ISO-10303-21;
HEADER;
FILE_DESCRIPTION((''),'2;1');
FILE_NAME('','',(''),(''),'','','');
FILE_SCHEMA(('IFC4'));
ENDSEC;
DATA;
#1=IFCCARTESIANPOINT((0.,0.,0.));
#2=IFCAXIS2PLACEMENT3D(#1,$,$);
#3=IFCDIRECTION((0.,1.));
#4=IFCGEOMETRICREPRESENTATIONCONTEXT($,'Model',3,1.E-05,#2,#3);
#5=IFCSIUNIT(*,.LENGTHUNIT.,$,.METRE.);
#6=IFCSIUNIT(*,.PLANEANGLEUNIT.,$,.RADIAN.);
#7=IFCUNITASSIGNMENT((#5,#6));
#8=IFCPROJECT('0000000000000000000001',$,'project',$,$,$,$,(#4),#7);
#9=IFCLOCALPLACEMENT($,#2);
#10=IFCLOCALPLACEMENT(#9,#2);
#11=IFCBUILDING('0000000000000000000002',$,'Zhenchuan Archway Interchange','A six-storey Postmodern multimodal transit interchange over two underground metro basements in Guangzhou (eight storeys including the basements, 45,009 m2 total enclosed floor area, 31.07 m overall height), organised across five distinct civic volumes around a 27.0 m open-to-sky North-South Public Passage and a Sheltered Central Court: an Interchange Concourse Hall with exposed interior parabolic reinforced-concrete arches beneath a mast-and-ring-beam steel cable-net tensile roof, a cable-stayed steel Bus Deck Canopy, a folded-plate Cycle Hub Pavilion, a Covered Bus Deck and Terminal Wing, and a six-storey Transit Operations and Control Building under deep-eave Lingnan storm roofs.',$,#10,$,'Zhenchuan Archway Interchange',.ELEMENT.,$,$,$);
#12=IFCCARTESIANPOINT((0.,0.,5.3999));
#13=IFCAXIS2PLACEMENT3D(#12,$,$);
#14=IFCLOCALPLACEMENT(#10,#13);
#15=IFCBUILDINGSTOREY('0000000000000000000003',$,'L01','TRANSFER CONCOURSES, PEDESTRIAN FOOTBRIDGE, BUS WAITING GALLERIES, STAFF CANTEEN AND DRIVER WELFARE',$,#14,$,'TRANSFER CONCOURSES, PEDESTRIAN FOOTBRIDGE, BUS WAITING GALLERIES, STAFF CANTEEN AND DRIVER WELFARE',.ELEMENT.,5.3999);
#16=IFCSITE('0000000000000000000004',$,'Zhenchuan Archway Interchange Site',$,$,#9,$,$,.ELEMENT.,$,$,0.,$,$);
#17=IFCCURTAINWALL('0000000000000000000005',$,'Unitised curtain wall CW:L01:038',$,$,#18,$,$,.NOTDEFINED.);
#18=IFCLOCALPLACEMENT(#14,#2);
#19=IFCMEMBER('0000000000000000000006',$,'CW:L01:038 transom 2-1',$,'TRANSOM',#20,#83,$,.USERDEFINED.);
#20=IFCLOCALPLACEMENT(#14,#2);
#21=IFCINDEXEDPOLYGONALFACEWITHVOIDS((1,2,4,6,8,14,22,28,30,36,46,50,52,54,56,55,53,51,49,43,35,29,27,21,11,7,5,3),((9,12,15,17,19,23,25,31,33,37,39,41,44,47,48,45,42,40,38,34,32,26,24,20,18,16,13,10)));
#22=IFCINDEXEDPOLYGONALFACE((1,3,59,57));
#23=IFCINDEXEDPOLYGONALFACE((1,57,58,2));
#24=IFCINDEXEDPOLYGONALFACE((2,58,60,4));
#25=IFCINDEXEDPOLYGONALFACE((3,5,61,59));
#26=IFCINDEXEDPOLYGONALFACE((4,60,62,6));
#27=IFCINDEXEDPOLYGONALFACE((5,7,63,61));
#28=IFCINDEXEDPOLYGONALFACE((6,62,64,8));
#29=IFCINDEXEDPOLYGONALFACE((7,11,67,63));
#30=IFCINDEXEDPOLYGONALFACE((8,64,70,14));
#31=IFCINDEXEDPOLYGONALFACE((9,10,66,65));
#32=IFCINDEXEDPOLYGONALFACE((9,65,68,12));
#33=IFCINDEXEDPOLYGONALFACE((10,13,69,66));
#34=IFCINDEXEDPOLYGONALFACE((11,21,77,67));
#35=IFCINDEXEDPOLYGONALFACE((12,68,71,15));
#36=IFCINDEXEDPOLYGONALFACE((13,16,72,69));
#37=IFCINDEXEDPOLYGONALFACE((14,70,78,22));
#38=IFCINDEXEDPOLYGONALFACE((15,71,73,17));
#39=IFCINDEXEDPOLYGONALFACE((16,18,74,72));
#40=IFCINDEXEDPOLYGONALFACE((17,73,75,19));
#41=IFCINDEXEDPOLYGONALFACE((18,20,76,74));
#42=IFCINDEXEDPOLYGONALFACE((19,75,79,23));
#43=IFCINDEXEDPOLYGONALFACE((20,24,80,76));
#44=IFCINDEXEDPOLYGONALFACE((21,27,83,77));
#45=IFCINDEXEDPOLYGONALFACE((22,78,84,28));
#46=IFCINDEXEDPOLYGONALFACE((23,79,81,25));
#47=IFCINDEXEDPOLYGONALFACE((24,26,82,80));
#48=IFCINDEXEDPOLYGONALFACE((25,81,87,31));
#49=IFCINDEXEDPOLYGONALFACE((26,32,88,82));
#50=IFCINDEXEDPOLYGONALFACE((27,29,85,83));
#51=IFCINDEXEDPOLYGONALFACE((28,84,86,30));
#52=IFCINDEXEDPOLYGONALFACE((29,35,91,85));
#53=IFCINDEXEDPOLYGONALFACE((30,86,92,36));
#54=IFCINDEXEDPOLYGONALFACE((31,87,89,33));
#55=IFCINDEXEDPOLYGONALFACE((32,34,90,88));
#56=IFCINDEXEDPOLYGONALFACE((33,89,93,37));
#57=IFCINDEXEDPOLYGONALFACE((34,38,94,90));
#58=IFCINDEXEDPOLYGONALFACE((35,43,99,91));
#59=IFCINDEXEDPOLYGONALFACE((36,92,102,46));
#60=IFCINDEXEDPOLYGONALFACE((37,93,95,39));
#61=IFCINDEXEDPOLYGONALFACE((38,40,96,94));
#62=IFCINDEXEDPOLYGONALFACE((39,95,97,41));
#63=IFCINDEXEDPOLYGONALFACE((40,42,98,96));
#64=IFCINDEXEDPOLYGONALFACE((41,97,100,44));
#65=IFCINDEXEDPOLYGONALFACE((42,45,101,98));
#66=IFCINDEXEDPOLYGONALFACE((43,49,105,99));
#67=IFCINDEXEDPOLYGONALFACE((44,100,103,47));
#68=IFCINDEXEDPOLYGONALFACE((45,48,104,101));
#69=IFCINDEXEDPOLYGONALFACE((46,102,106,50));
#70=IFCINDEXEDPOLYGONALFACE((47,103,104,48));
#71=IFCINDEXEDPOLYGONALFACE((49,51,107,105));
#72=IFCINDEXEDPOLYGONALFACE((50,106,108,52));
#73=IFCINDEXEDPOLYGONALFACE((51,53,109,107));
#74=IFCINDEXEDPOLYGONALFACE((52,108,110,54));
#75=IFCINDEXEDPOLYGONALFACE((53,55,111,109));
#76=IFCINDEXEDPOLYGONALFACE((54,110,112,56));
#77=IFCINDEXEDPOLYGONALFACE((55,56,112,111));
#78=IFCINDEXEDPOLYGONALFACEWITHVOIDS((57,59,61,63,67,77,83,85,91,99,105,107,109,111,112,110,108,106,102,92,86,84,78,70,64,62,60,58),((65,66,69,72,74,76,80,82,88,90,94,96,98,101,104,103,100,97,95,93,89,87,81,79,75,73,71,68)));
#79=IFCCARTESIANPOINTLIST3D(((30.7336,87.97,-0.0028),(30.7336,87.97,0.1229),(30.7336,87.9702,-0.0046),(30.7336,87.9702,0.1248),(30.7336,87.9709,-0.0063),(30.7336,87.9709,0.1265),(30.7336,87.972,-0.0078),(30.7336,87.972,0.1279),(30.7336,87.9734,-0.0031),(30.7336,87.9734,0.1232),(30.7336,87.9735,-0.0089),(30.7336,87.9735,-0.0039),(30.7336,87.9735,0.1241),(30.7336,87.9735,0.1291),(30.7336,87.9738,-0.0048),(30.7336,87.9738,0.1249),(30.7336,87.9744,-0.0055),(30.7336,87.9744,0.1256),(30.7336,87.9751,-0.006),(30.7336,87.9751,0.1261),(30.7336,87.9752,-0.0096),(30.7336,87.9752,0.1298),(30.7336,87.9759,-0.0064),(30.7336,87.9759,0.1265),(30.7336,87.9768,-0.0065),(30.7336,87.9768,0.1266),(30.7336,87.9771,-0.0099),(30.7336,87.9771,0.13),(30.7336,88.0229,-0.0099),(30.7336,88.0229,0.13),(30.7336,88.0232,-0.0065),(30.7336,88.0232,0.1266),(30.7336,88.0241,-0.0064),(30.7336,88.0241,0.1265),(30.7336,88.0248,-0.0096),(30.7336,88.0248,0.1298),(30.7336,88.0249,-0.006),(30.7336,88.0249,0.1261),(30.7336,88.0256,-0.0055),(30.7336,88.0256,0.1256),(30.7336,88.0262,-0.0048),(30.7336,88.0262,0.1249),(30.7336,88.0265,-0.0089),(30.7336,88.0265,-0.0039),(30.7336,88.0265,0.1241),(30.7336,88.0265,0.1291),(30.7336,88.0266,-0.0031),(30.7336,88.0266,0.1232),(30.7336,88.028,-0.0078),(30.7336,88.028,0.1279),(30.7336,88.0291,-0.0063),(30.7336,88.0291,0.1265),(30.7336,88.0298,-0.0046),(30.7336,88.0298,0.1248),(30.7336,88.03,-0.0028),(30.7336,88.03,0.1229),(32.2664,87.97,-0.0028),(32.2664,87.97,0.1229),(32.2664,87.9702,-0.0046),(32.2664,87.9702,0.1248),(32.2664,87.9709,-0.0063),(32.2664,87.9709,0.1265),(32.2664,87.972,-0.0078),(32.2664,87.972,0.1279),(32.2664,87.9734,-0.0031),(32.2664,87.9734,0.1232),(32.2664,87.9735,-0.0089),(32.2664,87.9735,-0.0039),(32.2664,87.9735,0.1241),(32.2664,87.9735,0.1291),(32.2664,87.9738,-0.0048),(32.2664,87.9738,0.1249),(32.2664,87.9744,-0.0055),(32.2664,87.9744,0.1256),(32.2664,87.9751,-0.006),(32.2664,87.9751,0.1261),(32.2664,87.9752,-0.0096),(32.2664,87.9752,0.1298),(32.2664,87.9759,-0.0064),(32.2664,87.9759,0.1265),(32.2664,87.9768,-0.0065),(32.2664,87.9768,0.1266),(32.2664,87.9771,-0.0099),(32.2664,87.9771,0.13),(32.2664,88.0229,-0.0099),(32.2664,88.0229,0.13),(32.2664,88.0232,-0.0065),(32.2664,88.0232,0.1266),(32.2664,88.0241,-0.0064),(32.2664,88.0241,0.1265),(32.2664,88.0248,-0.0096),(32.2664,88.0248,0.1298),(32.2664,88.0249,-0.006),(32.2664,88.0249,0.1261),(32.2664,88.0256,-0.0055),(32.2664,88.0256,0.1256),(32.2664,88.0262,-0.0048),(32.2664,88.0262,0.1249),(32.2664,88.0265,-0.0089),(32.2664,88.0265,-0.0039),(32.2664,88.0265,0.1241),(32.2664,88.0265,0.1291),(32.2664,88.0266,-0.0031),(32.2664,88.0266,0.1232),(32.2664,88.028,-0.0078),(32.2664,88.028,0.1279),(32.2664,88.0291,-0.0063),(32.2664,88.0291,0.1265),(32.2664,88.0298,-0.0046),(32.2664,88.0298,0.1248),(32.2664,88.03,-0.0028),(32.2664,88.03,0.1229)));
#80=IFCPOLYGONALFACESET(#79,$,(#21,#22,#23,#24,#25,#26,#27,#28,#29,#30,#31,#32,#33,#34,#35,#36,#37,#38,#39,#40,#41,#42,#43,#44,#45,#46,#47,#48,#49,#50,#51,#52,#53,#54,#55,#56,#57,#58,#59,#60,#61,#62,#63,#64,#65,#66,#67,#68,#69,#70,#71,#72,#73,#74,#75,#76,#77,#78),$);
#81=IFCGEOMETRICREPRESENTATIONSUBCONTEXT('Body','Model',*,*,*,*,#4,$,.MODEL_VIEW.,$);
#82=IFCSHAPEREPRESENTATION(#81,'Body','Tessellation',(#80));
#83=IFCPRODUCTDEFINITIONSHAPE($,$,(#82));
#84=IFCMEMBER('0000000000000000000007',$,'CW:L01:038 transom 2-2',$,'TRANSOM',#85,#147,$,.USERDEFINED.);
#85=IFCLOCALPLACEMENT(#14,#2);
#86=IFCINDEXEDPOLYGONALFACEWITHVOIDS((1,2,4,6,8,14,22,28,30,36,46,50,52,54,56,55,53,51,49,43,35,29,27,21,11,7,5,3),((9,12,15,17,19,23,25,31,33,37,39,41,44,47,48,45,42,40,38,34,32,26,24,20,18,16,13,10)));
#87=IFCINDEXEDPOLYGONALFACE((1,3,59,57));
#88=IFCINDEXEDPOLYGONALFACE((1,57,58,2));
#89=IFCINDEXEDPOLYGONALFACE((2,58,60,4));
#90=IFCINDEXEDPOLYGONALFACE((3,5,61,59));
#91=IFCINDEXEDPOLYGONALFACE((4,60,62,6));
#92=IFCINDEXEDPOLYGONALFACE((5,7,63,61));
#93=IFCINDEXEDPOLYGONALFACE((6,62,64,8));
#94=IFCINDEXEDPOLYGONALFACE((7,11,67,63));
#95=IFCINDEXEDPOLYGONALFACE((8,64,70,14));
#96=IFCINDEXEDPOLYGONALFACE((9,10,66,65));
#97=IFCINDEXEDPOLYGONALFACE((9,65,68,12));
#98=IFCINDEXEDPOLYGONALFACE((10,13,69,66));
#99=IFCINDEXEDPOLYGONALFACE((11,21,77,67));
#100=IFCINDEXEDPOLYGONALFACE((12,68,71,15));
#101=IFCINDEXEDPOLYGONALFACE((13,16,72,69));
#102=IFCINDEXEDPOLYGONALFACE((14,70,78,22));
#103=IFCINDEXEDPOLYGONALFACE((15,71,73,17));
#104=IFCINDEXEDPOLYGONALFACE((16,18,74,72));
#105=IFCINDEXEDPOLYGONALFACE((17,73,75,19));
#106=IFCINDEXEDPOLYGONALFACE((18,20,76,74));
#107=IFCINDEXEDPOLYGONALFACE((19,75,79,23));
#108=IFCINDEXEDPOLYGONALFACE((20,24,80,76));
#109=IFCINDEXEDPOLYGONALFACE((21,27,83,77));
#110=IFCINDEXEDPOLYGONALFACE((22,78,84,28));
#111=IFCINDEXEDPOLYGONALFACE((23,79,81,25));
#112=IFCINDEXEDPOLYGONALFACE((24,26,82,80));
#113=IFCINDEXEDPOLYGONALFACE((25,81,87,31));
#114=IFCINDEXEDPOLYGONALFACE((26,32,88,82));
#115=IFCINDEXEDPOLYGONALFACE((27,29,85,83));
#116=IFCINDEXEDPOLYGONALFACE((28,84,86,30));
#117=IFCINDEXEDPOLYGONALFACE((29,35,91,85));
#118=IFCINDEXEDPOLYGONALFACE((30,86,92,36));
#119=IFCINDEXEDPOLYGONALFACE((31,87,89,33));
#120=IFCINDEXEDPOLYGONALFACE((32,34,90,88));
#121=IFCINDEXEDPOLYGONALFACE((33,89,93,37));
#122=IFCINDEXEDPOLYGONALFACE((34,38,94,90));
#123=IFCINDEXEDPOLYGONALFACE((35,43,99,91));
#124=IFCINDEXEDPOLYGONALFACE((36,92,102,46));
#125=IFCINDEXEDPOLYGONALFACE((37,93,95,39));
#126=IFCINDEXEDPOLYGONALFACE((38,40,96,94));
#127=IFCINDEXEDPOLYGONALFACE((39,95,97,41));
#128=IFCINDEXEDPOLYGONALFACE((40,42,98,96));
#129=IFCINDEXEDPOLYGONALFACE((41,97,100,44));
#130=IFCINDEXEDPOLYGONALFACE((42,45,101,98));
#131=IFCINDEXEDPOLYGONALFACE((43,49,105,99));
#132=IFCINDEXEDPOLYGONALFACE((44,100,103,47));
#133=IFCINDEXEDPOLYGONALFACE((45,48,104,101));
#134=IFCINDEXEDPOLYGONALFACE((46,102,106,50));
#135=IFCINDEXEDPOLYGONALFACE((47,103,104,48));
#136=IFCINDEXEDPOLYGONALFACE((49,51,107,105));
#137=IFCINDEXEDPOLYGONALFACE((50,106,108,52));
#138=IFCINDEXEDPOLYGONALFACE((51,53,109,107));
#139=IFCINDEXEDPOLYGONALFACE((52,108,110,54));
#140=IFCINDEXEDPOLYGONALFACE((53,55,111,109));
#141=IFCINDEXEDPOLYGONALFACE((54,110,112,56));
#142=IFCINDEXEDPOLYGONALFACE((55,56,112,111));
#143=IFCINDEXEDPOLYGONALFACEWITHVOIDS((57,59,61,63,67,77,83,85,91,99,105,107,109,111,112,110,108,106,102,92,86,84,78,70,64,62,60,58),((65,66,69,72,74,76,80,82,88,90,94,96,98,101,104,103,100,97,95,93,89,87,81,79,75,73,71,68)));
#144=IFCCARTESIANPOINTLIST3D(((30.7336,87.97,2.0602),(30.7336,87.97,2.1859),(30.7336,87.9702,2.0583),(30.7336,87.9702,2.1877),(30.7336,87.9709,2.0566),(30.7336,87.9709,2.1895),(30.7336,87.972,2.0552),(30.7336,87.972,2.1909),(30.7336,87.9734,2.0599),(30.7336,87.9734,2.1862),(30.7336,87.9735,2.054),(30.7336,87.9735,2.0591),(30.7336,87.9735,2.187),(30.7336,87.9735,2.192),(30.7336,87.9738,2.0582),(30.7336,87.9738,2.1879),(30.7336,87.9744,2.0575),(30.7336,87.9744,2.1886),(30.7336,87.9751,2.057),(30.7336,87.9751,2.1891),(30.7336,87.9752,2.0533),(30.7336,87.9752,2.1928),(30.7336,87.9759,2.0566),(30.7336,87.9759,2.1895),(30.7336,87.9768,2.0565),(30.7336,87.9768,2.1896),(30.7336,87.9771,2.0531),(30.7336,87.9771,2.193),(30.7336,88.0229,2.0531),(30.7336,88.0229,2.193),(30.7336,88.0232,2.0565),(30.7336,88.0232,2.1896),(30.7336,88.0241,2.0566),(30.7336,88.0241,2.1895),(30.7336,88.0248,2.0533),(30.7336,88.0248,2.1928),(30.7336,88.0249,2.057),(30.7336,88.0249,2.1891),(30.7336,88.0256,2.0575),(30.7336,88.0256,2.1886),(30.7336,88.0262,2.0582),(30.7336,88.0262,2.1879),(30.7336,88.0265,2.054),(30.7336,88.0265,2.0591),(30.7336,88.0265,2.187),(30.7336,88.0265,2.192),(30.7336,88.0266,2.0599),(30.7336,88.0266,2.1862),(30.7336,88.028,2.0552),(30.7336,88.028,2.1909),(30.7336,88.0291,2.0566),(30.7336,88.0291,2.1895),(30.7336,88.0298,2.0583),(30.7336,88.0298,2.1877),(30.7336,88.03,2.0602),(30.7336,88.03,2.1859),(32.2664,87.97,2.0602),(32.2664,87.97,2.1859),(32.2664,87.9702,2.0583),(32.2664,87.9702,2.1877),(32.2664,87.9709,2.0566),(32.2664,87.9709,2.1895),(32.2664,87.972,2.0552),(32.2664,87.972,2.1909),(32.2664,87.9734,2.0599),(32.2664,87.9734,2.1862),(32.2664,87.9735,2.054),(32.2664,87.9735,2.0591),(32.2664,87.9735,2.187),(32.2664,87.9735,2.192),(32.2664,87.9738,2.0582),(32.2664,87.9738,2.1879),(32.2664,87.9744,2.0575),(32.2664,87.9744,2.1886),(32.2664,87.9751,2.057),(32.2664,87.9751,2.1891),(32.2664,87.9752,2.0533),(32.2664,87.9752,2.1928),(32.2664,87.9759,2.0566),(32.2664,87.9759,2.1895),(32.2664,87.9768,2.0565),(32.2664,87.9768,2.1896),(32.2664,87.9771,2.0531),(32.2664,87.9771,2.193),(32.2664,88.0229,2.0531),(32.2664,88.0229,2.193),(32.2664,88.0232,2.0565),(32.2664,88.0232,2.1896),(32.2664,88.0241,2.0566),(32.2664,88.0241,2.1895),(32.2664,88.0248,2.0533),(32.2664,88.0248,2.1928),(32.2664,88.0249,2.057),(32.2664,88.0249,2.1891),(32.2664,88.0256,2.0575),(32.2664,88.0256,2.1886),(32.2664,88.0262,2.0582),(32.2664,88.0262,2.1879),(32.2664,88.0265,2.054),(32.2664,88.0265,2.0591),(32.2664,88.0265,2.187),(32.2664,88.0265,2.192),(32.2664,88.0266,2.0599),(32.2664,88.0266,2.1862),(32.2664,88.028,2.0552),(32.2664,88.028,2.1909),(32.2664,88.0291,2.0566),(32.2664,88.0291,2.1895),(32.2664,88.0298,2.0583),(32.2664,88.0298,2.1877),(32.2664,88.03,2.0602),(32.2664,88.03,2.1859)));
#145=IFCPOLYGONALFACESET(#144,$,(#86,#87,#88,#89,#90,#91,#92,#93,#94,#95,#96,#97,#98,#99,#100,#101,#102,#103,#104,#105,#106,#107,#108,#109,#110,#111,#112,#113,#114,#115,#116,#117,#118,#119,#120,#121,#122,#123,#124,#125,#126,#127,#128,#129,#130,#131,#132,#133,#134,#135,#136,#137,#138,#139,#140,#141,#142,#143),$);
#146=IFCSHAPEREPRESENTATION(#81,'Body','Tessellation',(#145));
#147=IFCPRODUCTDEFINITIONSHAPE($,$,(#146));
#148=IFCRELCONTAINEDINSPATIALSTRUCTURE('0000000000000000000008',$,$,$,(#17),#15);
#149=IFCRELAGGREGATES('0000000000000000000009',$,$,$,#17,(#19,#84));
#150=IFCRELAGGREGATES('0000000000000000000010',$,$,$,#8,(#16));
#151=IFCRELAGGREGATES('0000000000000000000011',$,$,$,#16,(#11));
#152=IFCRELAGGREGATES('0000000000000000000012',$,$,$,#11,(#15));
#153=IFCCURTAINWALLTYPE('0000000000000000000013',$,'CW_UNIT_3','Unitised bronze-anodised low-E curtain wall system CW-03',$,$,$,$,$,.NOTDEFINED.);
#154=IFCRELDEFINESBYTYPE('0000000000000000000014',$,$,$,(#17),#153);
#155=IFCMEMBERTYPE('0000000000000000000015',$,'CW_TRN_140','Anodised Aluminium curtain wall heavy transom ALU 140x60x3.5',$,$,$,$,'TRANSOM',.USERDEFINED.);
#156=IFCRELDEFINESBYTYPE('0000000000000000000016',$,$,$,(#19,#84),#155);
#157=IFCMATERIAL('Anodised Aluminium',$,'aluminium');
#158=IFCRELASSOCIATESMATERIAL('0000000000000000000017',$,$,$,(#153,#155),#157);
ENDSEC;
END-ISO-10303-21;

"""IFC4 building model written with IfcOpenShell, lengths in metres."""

from ifc_helpers import new_model, si_unit, direction, frame, origin, origin_2d, place, context, subcontext, project, spatial, hollow_rectangle, extrude, material, material_profile, profile_set, type_object, element, aggregate, save


model = new_model("IFC4")

# Units and contexts
model_context = context("Model", 3, precision=1e-05, world=origin(), true_north=direction((0.0, 1.0)))
body_context = subcontext(model_context, "Body", "Model", "MODEL_VIEW")
ifc_project = project(units=[si_unit("LENGTHUNIT", "METRE"), si_unit("PLANEANGLEUNIT", "RADIAN")], contexts=[model_context])

# Site, building, storey
site_placement = place(None, origin())
site = spatial("IfcSite", under=ifc_project, at=site_placement, Name="Zhenchuan Archway Interchange Site", CompositionType="ELEMENT", RefElevation=0.0)
building_placement = place(site_placement, origin())
building = spatial("IfcBuilding", under=site, at=building_placement, Name="Zhenchuan Archway Interchange", Description="A six-storey Postmodern multimodal transit interchange over two underground metro basements in Guangzhou (eight storeys including the basements, 45,009 m2 total enclosed floor area, 31.07 m overall height), organised across five distinct civic volumes around a 27.0 m open-to-sky North-South Public Passage and a Sheltered Central Court: an Interchange Concourse Hall with exposed interior parabolic reinforced-concrete arches beneath a mast-and-ring-beam steel cable-net tensile roof, a cable-stayed steel Bus Deck Canopy, a folded-plate Cycle Hub Pavilion, a Covered Bus Deck and Terminal Wing, and a six-storey Transit Operations and Control Building under deep-eave Lingnan storm roofs.", LongName="Zhenchuan Archway Interchange", CompositionType="ELEMENT")
storey_placement = place(building_placement, frame((0.0, 0.0, 5.3999)))
storey = spatial("IfcBuildingStorey", under=building, at=storey_placement, Name="L01", Description="TRANSFER CONCOURSES, PEDESTRIAN FOOTBRIDGE, BUS WAITING GALLERIES, STAFF CANTEEN AND DRIVER WELFARE", LongName="TRANSFER CONCOURSES, PEDESTRIAN FOOTBRIDGE, BUS WAITING GALLERIES, STAFF CANTEEN AND DRIVER WELFARE", CompositionType="ELEMENT", Elevation=5.3999)

# Curtain wall, members
ifc_material_1 = material(Name="Anodised Aluminium", Category="aluminium")
curtain_wall_type_1 = type_object("IfcCurtainWallType", Name="CW_UNIT_3", Description="Unitised bronze-anodised low-E curtain wall system CW-03", PredefinedType="NOTDEFINED", material=ifc_material_1)
curtain_wall_1_placement = place(storey_placement, origin())
curtain_wall_1 = element("IfcCurtainWall", 1, at=curtain_wall_1_placement, inside=storey, type_object=curtain_wall_type_1, Name="Unitised curtain wall CW:L01:038", PredefinedType="NOTDEFINED")
ifc_material_profile_1 = material_profile(ifc_material_1, hollow_rectangle(XDim=0.0601, YDim=0.1399, WallThickness=0.0034, InnerFilletRadius=0.0034, OuterFilletRadius=0.0071, at=origin_2d()), Name="ALU 140x60x3.5")
ifc_profile_set_1 = profile_set([ifc_material_profile_1], Name="Anodised Aluminium")
member_type_1 = type_object("IfcMemberType", Name="CW_TRN_140", Description="Anodised Aluminium curtain wall heavy transom ALU 140x60x3.5", ElementType="TRANSOM", PredefinedType="USERDEFINED", material=ifc_profile_set_1)
member_1_placement = place(storey_placement, frame((30.7336, 88.0, 0.0601), z_axis=(1.0, 0.0, 0.0), x_axis=(0.0, 1.0, 0.0)))
member_1 = element("IfcMember", 2, at=member_1_placement, type_object=member_type_1, Name="CW:L01:038 transom 2-1", ObjectType="TRANSOM", PredefinedType="USERDEFINED", context=body_context, shape_type="SweptSolid", body=[
    extrude(hollow_rectangle(XDim=0.0601, YDim=0.1399, WallThickness=0.0034, InnerFilletRadius=0.0034, OuterFilletRadius=0.0071, at=origin_2d()), origin(), (0.0, 0.0, 1.0), 1.5327),
])
member_2_placement = place(storey_placement, frame((30.7336, 88.0, 2.123), z_axis=(1.0, 0.0, 0.0), x_axis=(0.0, 1.0, 0.0)))
member_2 = element("IfcMember", 3, at=member_2_placement, type_object=member_type_1, Name="CW:L01:038 transom 2-2", ObjectType="TRANSOM", PredefinedType="USERDEFINED", context=body_context, shape_type="SweptSolid", body=[
    extrude(hollow_rectangle(XDim=0.0601, YDim=0.1399, WallThickness=0.0034, InnerFilletRadius=0.0034, OuterFilletRadius=0.0071, at=origin_2d()), origin(), (0.0, 0.0, 1.0), 1.5327),
])

aggregate(curtain_wall_1, [member_1, member_2])

save(model, "model.ifc")
